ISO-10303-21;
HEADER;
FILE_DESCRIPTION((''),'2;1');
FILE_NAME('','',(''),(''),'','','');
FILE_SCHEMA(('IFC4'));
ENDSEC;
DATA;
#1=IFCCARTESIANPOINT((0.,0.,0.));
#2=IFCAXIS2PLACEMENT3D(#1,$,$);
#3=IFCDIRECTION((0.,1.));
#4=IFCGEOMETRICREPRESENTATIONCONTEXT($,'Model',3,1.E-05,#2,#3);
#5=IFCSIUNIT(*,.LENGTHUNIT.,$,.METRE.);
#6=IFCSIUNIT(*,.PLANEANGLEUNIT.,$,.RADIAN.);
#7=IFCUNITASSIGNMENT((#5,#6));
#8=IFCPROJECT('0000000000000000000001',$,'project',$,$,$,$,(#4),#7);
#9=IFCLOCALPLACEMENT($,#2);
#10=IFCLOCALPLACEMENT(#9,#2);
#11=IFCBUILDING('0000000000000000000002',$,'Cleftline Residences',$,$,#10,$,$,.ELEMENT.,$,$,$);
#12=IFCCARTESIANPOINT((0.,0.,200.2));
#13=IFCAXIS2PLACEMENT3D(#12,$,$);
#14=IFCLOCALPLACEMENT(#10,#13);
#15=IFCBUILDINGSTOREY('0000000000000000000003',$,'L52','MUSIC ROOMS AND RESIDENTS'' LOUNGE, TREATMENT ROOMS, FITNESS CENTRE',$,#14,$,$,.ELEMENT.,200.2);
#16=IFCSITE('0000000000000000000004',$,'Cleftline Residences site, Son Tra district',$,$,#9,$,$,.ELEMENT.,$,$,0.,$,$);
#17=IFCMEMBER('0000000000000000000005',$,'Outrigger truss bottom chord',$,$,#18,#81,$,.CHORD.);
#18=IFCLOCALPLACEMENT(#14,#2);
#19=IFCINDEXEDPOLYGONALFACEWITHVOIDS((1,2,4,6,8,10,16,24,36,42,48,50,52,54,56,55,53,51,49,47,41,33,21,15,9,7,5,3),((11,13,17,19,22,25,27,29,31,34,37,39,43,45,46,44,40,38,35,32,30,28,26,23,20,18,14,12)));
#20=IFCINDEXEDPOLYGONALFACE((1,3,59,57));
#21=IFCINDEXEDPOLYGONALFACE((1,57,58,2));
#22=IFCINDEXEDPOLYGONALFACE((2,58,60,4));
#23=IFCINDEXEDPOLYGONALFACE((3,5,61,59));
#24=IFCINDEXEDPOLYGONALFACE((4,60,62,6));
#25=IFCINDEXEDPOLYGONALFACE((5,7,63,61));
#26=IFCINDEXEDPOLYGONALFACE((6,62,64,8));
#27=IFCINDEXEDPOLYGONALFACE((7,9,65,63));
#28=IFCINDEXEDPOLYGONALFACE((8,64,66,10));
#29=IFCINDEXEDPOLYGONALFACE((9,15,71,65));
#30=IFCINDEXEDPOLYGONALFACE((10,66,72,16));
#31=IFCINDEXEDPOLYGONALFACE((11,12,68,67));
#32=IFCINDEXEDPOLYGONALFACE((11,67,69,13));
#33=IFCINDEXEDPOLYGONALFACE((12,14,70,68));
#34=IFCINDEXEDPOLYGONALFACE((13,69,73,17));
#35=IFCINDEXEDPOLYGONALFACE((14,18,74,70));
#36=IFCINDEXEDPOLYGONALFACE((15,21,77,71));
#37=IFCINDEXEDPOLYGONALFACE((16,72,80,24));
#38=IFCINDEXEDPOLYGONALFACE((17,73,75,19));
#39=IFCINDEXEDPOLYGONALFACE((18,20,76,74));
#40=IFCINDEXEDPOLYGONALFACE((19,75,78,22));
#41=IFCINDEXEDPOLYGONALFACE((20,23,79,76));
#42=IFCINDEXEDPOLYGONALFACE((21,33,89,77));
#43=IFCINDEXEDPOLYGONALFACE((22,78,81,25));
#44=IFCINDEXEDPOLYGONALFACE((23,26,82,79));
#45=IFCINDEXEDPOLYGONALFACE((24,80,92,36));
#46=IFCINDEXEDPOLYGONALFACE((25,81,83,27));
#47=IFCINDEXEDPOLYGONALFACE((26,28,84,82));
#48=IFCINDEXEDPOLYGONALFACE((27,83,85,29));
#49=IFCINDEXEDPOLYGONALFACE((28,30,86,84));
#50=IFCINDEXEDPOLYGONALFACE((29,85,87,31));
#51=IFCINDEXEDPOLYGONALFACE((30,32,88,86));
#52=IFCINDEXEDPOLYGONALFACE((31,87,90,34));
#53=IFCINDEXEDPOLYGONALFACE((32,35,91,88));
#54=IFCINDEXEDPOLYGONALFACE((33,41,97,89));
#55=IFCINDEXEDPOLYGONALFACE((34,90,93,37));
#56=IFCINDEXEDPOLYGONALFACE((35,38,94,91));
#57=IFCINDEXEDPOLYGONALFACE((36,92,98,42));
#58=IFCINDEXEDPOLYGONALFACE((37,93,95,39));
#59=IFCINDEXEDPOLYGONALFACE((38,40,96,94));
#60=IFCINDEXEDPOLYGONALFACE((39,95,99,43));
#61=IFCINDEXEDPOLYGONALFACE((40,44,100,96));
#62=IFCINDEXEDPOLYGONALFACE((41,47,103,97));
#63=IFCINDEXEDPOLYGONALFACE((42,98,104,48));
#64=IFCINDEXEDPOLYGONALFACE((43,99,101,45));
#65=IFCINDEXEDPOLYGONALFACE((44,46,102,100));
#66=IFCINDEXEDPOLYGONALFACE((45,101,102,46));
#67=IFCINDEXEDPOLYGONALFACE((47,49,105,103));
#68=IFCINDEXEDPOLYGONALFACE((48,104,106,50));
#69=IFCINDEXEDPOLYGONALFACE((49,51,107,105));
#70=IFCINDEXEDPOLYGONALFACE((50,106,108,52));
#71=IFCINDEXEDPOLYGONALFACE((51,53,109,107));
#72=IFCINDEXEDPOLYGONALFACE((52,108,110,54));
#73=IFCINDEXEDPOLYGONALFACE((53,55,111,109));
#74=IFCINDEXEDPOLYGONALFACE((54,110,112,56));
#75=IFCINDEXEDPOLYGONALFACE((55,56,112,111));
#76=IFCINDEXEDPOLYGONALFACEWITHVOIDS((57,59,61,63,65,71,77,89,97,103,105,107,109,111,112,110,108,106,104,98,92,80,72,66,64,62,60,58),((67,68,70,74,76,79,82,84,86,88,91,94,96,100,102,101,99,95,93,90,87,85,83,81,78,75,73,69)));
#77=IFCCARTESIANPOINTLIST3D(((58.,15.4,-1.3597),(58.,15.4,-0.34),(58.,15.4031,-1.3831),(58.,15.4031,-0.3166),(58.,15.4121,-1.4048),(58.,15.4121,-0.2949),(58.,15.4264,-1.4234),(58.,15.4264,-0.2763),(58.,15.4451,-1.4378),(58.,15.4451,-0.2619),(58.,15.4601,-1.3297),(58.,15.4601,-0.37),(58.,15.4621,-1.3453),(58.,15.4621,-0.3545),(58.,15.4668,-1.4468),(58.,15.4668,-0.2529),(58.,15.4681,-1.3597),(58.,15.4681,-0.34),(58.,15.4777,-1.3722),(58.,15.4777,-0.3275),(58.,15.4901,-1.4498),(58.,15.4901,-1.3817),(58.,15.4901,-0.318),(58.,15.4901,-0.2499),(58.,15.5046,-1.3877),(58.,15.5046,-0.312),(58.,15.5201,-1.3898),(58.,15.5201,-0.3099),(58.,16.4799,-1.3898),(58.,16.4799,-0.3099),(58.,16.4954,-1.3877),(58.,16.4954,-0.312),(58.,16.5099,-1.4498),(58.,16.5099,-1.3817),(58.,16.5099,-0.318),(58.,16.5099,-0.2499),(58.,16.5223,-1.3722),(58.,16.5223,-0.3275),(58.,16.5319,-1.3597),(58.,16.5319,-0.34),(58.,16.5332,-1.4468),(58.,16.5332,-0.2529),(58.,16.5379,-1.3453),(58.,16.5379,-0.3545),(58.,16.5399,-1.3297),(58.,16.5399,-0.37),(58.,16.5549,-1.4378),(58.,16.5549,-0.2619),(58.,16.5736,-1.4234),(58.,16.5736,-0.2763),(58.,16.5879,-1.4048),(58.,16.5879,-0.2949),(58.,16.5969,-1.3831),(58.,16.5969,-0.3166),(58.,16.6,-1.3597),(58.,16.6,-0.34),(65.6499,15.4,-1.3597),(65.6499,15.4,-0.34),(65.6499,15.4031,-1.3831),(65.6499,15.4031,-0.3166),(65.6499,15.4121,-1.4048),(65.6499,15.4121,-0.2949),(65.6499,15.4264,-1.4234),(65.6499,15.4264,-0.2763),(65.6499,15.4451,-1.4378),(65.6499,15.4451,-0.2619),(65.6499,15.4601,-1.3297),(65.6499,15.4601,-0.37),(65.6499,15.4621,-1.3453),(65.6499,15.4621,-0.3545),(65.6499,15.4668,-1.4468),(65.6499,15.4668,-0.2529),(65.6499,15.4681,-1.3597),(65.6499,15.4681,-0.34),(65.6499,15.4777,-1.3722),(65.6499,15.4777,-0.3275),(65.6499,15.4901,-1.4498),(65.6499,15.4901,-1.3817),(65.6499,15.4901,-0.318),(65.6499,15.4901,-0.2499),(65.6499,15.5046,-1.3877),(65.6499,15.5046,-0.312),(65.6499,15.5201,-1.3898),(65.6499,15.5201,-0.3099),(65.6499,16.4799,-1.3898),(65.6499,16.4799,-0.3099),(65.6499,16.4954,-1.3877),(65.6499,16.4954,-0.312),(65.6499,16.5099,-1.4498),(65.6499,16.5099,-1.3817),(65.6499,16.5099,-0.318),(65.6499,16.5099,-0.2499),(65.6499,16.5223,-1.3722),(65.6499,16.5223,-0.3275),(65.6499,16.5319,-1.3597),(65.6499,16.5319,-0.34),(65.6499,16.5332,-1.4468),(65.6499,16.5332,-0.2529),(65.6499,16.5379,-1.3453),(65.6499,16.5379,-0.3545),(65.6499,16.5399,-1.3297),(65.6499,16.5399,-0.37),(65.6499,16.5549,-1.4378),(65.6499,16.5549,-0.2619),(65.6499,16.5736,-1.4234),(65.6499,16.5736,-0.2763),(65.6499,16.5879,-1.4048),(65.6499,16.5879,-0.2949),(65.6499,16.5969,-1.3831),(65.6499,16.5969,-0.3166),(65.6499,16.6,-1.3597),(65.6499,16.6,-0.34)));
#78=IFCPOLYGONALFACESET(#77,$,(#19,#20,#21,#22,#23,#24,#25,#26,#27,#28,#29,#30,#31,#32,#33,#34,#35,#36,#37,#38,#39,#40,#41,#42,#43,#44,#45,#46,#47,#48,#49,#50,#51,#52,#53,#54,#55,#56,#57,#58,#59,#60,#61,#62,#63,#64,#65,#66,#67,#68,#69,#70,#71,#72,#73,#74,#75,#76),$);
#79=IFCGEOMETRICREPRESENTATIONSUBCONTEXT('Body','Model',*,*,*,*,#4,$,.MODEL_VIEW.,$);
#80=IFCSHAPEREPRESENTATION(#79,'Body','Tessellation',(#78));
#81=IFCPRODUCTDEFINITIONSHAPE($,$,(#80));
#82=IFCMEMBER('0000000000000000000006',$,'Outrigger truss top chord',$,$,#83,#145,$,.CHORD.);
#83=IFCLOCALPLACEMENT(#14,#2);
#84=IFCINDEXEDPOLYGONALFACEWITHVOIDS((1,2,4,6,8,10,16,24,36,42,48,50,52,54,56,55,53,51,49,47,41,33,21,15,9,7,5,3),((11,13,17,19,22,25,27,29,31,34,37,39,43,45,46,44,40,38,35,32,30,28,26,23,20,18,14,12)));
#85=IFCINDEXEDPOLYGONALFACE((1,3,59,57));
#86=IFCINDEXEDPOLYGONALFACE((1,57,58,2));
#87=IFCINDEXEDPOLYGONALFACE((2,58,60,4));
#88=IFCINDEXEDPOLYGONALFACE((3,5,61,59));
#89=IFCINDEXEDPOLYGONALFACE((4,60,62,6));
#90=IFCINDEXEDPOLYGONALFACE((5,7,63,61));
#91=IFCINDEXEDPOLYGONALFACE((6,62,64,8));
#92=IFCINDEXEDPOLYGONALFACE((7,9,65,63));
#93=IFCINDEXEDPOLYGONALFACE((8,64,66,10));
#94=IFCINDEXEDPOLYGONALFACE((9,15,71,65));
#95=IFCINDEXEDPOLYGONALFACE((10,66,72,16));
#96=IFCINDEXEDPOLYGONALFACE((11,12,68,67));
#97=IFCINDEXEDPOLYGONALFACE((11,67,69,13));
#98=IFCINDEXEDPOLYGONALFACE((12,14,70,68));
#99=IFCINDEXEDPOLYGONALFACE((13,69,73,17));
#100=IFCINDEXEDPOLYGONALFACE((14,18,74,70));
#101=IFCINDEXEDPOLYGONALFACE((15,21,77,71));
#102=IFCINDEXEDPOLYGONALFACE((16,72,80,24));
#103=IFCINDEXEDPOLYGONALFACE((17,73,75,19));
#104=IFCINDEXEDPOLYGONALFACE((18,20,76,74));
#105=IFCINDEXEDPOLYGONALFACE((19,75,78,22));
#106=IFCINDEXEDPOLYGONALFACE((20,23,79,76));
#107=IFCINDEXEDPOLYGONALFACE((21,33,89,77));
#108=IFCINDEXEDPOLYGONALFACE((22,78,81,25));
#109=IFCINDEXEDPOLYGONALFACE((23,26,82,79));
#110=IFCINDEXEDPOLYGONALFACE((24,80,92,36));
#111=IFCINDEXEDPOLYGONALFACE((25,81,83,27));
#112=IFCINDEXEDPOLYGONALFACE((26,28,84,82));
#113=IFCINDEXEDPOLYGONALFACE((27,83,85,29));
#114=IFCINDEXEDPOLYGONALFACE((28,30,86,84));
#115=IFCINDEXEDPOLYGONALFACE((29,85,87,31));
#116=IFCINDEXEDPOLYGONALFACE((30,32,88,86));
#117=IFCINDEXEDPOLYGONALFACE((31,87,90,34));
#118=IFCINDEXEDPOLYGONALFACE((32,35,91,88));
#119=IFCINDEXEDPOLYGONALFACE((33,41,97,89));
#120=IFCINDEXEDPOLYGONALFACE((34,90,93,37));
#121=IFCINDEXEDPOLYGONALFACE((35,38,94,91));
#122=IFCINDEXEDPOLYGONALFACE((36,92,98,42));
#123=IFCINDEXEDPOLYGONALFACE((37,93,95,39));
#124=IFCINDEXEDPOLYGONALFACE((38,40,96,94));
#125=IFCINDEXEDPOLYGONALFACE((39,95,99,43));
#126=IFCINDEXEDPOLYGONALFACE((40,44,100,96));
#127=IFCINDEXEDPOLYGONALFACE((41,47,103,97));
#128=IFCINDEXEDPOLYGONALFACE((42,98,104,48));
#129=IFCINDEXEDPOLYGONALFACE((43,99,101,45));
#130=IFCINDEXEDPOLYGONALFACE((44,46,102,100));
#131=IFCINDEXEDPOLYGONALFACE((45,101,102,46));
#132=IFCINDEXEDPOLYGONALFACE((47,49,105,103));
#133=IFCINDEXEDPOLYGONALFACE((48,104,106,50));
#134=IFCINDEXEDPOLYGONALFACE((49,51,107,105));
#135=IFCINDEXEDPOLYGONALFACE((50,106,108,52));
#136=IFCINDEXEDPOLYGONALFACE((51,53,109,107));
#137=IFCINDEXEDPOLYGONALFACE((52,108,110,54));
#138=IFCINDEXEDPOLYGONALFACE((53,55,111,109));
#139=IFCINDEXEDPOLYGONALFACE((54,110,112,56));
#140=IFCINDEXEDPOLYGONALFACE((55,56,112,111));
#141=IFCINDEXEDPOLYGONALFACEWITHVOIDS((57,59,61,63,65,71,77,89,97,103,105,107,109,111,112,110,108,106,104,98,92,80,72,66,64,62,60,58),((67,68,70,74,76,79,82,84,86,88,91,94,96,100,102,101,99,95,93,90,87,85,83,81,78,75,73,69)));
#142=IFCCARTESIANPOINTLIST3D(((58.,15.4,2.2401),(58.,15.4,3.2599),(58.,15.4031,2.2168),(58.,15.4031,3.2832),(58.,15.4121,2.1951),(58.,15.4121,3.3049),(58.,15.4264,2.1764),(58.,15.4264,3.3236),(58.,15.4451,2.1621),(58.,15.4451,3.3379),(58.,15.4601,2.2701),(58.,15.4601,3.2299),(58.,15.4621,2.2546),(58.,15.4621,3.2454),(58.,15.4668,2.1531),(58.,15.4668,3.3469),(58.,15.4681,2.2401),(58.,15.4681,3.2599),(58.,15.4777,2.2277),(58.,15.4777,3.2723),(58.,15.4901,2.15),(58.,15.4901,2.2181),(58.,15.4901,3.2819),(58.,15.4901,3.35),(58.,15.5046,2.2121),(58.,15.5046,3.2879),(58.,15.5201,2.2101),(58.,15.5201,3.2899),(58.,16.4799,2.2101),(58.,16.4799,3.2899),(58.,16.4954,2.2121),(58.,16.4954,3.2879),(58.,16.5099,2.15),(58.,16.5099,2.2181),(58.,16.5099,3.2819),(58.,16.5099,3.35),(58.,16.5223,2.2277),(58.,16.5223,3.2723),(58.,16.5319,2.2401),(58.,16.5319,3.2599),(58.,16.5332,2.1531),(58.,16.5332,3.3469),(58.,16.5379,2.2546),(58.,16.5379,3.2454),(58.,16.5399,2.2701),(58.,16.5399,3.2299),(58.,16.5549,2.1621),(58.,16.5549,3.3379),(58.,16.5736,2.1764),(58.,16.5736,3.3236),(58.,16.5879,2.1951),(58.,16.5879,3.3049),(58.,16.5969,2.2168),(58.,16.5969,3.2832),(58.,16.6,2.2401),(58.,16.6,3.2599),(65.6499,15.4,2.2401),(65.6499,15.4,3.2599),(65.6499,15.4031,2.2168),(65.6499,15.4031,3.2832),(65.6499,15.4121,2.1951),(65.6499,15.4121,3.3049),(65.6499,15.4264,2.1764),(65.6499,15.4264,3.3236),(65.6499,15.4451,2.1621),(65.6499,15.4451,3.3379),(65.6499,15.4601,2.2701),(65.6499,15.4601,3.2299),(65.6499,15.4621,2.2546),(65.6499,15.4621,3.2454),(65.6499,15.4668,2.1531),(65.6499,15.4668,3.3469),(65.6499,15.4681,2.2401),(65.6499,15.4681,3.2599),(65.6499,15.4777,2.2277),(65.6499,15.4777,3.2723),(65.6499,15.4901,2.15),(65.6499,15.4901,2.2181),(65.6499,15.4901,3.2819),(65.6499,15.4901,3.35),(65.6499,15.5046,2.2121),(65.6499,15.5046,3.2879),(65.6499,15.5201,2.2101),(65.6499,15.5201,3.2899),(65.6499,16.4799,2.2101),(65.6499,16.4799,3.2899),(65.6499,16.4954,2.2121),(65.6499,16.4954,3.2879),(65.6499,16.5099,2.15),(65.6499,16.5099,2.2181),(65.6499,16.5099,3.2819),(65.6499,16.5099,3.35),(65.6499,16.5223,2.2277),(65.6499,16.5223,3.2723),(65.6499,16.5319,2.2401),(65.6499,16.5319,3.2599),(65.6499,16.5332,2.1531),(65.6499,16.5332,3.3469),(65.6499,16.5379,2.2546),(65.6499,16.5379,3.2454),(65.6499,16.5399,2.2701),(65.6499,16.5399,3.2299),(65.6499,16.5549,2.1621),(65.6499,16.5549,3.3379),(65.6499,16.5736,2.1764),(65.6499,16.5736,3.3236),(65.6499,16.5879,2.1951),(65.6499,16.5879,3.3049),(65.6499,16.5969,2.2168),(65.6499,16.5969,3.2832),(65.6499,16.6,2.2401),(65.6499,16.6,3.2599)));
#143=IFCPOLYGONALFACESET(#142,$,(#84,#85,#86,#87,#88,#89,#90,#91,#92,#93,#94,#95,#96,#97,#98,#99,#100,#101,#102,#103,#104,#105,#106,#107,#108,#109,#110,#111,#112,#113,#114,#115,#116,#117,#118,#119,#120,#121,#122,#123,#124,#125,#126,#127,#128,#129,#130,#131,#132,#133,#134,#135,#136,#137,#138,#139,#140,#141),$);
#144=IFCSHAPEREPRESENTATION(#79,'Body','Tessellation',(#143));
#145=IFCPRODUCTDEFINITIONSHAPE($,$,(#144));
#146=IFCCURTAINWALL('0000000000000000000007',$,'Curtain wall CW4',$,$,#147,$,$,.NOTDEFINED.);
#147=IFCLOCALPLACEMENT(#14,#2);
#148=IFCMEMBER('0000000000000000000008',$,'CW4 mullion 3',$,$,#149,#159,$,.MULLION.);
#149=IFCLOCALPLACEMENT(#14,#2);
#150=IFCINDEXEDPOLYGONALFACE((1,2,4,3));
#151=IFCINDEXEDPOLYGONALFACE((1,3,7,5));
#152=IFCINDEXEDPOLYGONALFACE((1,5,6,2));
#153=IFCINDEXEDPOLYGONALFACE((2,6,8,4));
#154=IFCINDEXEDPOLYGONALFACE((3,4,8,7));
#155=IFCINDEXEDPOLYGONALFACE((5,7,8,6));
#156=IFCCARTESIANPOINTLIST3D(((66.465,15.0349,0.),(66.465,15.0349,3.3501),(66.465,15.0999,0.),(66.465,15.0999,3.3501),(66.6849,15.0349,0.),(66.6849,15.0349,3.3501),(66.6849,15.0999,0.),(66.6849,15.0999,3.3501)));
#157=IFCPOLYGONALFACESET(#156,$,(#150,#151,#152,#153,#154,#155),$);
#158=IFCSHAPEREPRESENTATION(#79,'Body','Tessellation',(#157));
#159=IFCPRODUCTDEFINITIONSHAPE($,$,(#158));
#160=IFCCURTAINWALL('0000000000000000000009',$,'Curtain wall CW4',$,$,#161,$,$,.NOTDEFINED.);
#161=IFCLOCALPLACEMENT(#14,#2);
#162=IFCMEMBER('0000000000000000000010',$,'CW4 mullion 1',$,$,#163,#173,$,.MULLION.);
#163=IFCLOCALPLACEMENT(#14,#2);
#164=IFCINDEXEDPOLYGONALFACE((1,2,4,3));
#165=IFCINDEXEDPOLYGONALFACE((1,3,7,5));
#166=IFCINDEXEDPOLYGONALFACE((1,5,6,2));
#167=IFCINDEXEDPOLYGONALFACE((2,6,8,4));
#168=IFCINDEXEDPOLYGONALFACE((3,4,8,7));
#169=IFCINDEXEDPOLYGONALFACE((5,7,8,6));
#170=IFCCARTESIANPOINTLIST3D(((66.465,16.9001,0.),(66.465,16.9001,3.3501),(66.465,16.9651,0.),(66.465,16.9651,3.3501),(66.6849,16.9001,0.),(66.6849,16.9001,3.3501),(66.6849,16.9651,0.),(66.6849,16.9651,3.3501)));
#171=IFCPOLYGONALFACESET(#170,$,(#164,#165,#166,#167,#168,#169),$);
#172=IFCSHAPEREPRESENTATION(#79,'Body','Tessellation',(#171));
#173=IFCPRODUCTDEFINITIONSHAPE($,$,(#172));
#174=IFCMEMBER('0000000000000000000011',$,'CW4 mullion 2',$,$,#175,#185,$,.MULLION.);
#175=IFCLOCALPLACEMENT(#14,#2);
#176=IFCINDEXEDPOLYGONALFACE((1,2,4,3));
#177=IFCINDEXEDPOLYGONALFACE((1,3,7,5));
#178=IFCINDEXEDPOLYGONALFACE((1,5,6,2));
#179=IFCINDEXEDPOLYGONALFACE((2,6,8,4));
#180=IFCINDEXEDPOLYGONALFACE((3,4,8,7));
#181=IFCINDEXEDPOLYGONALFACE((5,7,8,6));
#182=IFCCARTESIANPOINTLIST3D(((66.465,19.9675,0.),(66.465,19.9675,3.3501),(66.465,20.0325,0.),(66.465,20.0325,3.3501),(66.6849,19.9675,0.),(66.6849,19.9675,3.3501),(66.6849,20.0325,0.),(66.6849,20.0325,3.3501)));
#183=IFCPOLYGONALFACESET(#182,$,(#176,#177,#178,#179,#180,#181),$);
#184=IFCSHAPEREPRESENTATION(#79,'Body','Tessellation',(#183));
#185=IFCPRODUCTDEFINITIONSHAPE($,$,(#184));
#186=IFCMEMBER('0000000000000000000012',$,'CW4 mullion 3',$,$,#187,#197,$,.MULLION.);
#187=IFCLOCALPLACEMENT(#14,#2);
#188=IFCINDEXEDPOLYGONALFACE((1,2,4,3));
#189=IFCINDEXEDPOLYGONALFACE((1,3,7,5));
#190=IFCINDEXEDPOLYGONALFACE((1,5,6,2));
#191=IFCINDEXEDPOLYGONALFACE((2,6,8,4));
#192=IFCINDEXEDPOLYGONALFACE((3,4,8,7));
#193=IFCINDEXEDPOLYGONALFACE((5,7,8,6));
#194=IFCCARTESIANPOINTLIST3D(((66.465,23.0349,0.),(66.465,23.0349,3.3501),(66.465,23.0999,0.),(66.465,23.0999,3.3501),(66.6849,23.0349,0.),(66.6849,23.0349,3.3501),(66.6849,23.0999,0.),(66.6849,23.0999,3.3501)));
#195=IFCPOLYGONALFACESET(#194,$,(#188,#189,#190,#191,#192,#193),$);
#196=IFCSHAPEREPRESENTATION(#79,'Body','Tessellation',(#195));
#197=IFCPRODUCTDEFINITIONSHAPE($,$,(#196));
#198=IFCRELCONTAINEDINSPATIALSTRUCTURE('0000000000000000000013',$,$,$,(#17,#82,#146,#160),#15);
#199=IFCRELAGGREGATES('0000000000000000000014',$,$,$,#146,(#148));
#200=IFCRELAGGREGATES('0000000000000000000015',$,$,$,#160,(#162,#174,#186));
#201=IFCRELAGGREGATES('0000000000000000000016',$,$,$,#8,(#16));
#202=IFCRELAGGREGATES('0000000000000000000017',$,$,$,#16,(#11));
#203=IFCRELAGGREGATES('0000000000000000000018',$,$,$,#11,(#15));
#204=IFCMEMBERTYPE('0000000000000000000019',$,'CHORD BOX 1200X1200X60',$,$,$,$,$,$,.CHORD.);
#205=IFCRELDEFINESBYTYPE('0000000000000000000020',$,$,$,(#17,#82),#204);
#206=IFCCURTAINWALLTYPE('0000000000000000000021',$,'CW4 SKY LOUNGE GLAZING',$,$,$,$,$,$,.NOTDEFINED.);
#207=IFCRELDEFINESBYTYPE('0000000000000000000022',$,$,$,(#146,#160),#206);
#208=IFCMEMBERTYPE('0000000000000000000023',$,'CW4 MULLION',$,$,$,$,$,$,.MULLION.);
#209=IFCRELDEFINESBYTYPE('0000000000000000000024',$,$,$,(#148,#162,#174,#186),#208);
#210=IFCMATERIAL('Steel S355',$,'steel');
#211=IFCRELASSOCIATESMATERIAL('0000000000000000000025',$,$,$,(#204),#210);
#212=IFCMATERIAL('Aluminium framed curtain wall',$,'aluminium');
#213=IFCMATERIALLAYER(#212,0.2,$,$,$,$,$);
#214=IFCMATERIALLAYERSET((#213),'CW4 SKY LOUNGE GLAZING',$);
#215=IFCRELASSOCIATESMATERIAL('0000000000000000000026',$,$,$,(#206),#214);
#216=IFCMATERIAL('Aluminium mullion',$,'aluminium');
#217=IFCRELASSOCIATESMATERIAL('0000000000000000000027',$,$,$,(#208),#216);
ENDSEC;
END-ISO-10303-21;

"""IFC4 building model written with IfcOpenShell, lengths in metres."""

from ifc_helpers import new_model, si_unit, direction, frame, origin, origin_2d, place, context, subcontext, project, spatial, rectangle, hollow_rectangle, extrude, material, layer, layer_set, material_profile, profile_set, type_object, element, aggregate, save


model = new_model("IFC4")

# Units and contexts
model_context = context("Model", 3, precision=1e-05, world=origin(), true_north=direction((0.0, 1.0)))
body_context = subcontext(model_context, "Body", "Model", "MODEL_VIEW")
ifc_project = project(units=[si_unit("LENGTHUNIT", "METRE"), si_unit("PLANEANGLEUNIT", "RADIAN")], contexts=[model_context])

# Site, building, storey
site_placement = place(None, origin())
site = spatial("IfcSite", under=ifc_project, at=site_placement, Name="Cleftline Residences site, Son Tra district", CompositionType="ELEMENT", RefElevation=0.0)
building_placement = place(site_placement, origin())
building = spatial("IfcBuilding", under=site, at=building_placement, Name="Cleftline Residences", CompositionType="ELEMENT")
storey_placement = place(building_placement, frame((0.0, 0.0, 200.2)))
storey = spatial("IfcBuildingStorey", under=building, at=storey_placement, Name="L52", Description="MUSIC ROOMS AND RESIDENTS' LOUNGE, TREATMENT ROOMS, FITNESS CENTRE", CompositionType="ELEMENT", Elevation=200.2)

# Members
ifc_material_1 = material(Name="Steel S355", Category="steel")
ifc_material_profile_1 = material_profile(ifc_material_1, hollow_rectangle(XDim=1.2, YDim=1.2, WallThickness=0.0601, InnerFilletRadius=0.0601, OuterFilletRadius=0.0901, at=origin_2d()))
ifc_profile_set_1 = profile_set([ifc_material_profile_1], Name="Steel S355")
member_type_1 = type_object("IfcMemberType", Name="CHORD BOX 1200X1200X60", PredefinedType="CHORD", material=ifc_profile_set_1)
for number, where, z_axis, x_axis, name in (
    (1, (58.0, 16.0, -0.8499), (1.0, 0.0, 0.0), (0.0, 1.0, 0.0), "Outrigger truss bottom chord"),
    (2, (58.0, 16.0, 2.75), (1.0, 0.0, 0.0), (0.0, 1.0, 0.0), "Outrigger truss top chord"),
):
    element("IfcMember", number, at=place(storey_placement, frame(where, z_axis=z_axis, x_axis=x_axis)), inside=storey, type_object=member_type_1, Name=name, PredefinedType="CHORD", context=body_context, shape_type="SweptSolid", body=[
        extrude(hollow_rectangle(XDim=1.2, YDim=1.2, WallThickness=0.0601, InnerFilletRadius=0.0601, OuterFilletRadius=0.0901, at=origin_2d()), origin(), (0.0, 0.0, 1.0), 7.6499),
    ])

# Curtain wall, member
ifc_material_2 = material(Name="Aluminium framed curtain wall", Category="aluminium")
ifc_layer_1 = layer(ifc_material_2, 0.2)
ifc_layer_set_1 = layer_set([ifc_layer_1], Name="CW4 SKY LOUNGE GLAZING")
curtain_wall_type = type_object("IfcCurtainWallType", Name="CW4 SKY LOUNGE GLAZING", PredefinedType="NOTDEFINED", material=ifc_layer_set_1)
curtain_wall_1_placement = place(storey_placement, origin())
curtain_wall_1 = element("IfcCurtainWall", 3, at=curtain_wall_1_placement, inside=storey, type_object=curtain_wall_type, Name="Curtain wall CW4", PredefinedType="NOTDEFINED")
ifc_material_3 = material(Name="Aluminium mullion", Category="aluminium")
ifc_material_profile_2 = material_profile(ifc_material_3, rectangle(XDim=0.22, YDim=0.0649, at=origin_2d()))
ifc_profile_set_2 = profile_set([ifc_material_profile_2], Name="Aluminium mullion")
member_type_2 = type_object("IfcMemberType", Name="CW4 MULLION", PredefinedType="MULLION", material=ifc_profile_set_2)
member_1_placement = place(storey_placement, frame((66.575, 15.0674, 0.0), z_axis=(0.0, 0.0, 1.0), x_axis=(-1.0, 0.0, 0.0)))
member_1 = element("IfcMember", 4, at=member_1_placement, type_object=member_type_2, Name="CW4 mullion 3", PredefinedType="MULLION", context=body_context, shape_type="SweptSolid", body=[
    extrude(rectangle(XDim=0.22, YDim=0.0649, at=origin_2d()), origin(), (0.0, 0.0, 1.0), 3.3501),
])
aggregate(curtain_wall_1, [member_1])

# Curtain wall, members
curtain_wall_2_placement = place(storey_placement, origin())
curtain_wall_2 = element("IfcCurtainWall", 5, at=curtain_wall_2_placement, inside=storey, type_object=curtain_wall_type, Name="Curtain wall CW4", PredefinedType="NOTDEFINED")
member_2_placement = place(storey_placement, frame((66.575, 16.9326, 0.0), z_axis=(0.0, 0.0, 1.0), x_axis=(-1.0, 0.0, 0.0)))
member_2 = element("IfcMember", 6, at=member_2_placement, type_object=member_type_2, Name="CW4 mullion 1", PredefinedType="MULLION", context=body_context, shape_type="SweptSolid", body=[
    extrude(rectangle(XDim=0.22, YDim=0.0649, at=origin_2d()), origin(), (0.0, 0.0, 1.0), 3.3501),
])
member_3_placement = place(storey_placement, frame((66.575, 20.0, 0.0), z_axis=(0.0, 0.0, 1.0), x_axis=(-1.0, 0.0, 0.0)))
member_3 = element("IfcMember", 7, at=member_3_placement, type_object=member_type_2, Name="CW4 mullion 2", PredefinedType="MULLION", context=body_context, shape_type="SweptSolid", body=[
    extrude(rectangle(XDim=0.22, YDim=0.0649, at=origin_2d()), origin(), (0.0, 0.0, 1.0), 3.3501),
])
member_4_placement = place(storey_placement, frame((66.575, 23.0674, 0.0), z_axis=(0.0, 0.0, 1.0), x_axis=(-1.0, 0.0, 0.0)))
member_4 = element("IfcMember", 8, at=member_4_placement, type_object=member_type_2, Name="CW4 mullion 3", PredefinedType="MULLION", context=body_context, shape_type="SweptSolid", body=[
    extrude(rectangle(XDim=0.22, YDim=0.0649, at=origin_2d()), origin(), (0.0, 0.0, 1.0), 3.3501),
])
aggregate(curtain_wall_2, [member_2, member_3, member_4])

save(model, "model.ifc")
